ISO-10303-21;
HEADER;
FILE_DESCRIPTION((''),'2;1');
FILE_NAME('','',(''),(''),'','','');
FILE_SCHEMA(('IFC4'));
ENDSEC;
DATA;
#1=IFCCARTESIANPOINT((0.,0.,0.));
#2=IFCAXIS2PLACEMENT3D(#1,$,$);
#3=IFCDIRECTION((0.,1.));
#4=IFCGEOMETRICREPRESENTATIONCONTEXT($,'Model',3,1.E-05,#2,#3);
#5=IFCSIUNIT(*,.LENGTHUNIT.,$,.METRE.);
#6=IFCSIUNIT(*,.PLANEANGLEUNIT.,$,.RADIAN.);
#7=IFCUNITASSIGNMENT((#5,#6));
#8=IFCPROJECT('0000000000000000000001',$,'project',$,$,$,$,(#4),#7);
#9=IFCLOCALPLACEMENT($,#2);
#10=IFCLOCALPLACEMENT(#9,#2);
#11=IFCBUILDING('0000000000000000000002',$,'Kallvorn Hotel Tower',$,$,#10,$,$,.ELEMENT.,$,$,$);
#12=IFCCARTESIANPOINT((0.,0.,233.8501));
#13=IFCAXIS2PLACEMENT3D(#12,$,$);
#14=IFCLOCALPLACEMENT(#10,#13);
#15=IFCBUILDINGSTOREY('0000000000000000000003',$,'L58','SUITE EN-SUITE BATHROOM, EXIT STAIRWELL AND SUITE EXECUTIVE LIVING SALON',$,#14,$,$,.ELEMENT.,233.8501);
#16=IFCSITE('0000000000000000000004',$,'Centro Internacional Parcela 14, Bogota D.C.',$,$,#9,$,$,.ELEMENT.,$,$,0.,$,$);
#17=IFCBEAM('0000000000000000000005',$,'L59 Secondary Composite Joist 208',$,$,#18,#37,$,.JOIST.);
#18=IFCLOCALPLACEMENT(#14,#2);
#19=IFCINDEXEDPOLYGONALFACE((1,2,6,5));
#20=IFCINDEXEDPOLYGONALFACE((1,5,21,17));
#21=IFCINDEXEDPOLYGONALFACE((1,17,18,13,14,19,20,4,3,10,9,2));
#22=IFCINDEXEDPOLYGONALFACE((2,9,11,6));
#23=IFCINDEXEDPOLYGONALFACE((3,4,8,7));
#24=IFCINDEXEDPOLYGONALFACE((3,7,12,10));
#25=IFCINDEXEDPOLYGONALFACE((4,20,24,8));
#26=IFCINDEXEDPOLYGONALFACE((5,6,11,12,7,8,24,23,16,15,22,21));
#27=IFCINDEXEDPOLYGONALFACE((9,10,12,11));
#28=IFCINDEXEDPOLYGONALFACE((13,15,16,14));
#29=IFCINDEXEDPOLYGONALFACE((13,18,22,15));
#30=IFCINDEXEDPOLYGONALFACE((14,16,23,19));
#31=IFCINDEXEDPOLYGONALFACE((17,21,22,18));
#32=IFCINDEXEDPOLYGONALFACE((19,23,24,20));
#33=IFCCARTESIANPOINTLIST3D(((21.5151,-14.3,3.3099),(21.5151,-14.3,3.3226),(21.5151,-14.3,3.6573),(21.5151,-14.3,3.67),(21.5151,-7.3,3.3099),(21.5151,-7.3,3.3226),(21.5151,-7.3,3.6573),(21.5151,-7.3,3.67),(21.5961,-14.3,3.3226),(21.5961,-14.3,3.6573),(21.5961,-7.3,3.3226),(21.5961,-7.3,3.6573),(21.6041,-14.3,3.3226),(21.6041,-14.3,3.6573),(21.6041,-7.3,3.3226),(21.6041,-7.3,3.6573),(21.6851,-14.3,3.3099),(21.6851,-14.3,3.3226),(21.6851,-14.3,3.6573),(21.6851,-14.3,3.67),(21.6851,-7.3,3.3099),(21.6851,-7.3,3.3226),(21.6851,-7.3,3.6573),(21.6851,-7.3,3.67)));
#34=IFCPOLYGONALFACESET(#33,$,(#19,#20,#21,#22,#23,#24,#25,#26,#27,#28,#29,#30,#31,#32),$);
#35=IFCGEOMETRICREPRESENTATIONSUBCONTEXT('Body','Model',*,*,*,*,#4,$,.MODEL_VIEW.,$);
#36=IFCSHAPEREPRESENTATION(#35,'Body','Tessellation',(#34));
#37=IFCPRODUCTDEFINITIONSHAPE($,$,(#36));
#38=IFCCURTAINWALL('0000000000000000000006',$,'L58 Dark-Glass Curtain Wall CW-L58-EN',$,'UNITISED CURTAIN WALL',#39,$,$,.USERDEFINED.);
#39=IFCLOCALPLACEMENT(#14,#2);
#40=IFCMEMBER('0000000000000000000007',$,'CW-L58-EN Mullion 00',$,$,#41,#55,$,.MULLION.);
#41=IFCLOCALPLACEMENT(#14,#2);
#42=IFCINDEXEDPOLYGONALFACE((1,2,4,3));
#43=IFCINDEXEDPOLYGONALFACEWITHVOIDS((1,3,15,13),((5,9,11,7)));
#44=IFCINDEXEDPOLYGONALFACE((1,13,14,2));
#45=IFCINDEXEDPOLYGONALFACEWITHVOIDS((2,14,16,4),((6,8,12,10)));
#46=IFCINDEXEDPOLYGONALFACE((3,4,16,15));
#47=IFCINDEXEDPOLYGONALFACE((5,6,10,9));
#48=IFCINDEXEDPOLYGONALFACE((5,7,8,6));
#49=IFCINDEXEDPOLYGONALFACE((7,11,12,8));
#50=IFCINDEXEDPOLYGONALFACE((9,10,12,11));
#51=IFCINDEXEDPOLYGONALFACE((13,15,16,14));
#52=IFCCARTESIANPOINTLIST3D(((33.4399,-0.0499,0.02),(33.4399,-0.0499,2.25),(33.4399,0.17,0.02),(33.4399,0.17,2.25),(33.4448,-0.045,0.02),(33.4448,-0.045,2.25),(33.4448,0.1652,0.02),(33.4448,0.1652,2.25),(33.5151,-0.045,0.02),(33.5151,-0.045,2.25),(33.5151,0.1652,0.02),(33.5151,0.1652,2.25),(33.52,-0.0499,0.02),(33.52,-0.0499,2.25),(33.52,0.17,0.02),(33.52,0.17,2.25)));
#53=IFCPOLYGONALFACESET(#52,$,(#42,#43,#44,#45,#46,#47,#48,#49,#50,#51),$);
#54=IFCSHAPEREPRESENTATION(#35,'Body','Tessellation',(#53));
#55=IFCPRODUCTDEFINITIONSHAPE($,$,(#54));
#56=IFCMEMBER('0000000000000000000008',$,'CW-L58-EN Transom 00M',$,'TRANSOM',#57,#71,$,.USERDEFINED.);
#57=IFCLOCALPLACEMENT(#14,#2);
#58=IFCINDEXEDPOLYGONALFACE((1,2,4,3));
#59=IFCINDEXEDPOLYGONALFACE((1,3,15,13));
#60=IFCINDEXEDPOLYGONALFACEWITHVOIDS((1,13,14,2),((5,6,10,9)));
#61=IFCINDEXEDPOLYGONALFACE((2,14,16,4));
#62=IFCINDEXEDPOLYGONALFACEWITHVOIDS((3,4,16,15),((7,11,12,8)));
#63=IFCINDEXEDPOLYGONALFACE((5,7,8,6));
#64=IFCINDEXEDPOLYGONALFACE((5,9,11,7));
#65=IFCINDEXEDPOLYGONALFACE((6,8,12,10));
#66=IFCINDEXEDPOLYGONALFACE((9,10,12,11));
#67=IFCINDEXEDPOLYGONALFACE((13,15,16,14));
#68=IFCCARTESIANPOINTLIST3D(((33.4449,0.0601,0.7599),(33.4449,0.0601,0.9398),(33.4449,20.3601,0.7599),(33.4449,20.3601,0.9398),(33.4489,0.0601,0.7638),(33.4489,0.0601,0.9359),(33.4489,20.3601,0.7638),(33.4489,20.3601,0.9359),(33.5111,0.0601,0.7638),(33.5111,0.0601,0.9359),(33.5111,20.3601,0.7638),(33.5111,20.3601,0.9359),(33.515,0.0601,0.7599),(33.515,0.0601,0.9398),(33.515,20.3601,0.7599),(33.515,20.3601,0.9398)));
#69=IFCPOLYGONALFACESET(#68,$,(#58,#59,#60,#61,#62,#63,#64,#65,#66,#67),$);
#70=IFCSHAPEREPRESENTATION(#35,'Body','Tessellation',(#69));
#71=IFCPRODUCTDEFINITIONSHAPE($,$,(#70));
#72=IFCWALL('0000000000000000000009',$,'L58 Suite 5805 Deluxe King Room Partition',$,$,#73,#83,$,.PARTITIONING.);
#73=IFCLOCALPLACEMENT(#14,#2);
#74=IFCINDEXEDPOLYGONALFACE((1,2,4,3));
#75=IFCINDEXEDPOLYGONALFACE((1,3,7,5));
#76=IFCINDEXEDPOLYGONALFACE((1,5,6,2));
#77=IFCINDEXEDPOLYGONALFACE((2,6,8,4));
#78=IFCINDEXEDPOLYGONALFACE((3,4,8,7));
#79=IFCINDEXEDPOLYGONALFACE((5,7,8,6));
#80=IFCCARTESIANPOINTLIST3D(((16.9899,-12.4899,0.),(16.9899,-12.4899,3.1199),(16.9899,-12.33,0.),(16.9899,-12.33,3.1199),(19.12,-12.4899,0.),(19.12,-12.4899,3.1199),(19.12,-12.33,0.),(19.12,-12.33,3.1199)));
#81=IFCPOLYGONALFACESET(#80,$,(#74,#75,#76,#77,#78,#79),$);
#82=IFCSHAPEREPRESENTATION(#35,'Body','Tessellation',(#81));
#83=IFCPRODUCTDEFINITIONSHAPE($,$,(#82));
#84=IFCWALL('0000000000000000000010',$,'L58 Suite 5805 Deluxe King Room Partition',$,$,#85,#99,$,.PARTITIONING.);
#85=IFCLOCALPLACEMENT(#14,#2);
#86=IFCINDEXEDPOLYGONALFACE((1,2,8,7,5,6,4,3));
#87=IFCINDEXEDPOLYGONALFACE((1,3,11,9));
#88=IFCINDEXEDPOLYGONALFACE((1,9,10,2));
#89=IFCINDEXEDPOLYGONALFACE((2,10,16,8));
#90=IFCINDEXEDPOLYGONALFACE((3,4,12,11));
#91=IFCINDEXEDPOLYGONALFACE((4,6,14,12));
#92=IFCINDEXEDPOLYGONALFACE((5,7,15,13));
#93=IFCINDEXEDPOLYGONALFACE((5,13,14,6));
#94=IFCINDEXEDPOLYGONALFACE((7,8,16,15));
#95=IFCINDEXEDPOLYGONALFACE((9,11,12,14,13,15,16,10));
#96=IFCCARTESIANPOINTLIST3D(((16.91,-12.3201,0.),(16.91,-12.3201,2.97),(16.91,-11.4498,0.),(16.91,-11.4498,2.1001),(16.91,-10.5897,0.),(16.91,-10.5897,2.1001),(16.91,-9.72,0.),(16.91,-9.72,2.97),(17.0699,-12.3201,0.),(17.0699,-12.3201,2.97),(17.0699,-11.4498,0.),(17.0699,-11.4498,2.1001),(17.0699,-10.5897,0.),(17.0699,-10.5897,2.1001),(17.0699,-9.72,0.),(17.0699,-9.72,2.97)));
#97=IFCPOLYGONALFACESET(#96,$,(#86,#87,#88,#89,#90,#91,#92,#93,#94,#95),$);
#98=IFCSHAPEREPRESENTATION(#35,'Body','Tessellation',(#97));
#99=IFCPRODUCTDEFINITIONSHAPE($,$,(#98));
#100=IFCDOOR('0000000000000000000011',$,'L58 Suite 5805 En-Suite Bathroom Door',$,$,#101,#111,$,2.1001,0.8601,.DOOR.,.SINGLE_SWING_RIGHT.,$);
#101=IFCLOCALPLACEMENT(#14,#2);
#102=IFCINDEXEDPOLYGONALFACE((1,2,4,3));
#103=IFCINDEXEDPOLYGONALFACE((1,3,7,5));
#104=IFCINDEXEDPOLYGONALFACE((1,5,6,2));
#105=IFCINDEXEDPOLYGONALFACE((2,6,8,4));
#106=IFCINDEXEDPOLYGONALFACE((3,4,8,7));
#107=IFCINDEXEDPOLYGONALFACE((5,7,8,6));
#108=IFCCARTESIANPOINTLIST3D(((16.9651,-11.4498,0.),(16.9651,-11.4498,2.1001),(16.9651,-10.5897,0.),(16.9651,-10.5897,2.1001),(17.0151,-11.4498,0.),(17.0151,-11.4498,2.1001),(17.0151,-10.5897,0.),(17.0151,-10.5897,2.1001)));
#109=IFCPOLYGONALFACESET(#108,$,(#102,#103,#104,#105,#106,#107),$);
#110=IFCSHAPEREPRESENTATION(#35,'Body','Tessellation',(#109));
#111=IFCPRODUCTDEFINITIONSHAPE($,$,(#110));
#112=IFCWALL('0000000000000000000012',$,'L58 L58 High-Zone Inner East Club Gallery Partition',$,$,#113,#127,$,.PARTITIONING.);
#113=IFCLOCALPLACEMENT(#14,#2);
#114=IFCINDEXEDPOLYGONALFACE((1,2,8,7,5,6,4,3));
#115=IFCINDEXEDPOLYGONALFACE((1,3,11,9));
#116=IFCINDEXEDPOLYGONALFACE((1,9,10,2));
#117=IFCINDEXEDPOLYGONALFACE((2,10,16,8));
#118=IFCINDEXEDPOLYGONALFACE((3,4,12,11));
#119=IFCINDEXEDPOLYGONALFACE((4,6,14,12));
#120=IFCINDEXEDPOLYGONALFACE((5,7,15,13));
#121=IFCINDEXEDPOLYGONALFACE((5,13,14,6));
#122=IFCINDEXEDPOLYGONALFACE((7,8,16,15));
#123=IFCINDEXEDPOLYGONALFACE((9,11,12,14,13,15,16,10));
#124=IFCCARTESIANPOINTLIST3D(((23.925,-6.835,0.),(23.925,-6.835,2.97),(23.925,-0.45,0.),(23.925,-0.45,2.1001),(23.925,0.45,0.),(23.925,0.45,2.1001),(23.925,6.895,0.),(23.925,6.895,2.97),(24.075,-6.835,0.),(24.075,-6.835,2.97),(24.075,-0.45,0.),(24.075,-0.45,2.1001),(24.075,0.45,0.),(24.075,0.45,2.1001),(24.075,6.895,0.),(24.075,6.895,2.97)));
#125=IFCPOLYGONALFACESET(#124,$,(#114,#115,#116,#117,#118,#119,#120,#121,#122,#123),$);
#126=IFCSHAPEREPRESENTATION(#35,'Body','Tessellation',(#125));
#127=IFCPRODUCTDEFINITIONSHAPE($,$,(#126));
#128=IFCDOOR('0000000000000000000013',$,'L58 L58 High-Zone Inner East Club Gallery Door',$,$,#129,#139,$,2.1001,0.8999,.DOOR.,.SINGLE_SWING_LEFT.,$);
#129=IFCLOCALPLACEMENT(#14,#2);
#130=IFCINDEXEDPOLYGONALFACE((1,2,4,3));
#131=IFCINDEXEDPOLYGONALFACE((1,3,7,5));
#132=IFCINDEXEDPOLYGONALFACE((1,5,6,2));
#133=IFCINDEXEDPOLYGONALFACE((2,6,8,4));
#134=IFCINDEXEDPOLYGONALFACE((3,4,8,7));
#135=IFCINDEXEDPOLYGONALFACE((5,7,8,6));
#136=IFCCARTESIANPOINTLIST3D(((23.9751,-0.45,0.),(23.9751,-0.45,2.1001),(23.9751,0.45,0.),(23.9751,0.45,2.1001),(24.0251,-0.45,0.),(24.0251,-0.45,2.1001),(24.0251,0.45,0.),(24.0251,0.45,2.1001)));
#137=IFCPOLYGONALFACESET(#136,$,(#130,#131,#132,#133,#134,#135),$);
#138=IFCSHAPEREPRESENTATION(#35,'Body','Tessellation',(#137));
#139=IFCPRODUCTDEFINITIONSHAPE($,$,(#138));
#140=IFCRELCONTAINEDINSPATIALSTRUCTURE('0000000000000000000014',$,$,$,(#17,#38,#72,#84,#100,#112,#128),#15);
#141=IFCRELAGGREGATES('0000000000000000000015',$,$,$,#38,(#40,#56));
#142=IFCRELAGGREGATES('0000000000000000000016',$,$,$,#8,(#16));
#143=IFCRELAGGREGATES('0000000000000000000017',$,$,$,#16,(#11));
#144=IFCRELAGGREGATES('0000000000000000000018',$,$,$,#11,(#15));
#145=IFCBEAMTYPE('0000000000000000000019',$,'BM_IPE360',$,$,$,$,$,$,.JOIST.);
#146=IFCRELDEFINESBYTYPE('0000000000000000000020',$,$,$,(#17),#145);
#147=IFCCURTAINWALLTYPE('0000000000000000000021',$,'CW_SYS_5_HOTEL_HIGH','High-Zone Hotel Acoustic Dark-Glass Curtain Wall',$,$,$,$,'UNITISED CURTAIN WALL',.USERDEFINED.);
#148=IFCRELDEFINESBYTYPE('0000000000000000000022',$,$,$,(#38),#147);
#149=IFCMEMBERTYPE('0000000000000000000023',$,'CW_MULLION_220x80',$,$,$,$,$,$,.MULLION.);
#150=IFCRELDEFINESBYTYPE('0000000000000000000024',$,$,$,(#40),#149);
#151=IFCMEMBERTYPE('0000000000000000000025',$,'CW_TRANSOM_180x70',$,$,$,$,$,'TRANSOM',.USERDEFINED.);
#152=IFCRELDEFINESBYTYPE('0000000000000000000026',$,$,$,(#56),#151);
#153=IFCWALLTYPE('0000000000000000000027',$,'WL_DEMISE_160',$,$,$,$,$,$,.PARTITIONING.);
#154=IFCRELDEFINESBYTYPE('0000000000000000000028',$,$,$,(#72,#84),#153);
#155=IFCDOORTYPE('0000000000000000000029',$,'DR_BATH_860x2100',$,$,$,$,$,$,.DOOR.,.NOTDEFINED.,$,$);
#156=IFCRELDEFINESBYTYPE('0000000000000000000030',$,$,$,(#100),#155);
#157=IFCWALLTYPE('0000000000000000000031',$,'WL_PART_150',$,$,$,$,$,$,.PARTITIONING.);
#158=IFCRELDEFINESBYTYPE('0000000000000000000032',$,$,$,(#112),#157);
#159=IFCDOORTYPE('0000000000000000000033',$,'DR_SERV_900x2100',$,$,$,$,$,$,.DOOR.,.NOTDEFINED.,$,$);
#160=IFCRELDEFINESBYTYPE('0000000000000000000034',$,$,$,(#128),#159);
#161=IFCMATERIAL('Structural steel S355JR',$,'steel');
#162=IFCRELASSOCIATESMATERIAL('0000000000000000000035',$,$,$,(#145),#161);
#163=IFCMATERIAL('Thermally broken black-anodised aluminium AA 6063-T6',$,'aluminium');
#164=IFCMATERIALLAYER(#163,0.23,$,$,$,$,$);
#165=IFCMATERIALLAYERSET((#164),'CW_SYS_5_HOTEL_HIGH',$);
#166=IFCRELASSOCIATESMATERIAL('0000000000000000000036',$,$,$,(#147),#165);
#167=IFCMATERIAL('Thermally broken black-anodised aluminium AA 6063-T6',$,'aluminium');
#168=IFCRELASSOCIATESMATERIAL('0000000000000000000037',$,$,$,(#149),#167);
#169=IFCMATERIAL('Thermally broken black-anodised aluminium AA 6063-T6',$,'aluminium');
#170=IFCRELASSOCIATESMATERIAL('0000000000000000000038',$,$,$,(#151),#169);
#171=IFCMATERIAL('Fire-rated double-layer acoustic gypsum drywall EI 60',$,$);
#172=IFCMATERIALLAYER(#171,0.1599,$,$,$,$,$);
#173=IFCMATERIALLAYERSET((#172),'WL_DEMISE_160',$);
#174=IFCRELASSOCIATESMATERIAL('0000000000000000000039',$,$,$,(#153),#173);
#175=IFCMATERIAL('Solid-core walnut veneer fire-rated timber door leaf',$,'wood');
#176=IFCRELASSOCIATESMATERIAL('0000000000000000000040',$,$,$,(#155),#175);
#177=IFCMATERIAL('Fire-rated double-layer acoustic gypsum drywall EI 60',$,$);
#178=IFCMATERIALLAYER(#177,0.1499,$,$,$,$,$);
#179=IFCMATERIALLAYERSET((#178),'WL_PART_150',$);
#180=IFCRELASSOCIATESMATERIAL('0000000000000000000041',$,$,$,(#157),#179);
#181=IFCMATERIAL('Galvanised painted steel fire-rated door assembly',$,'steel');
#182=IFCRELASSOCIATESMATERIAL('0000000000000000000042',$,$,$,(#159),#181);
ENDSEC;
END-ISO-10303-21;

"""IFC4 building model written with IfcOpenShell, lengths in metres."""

from ifc_helpers import new_model, si_unit, direction, frame, frame_2d, origin, origin_2d, place, context, subcontext, project, spatial, rectangle, hollow_rectangle, i_section, extrude, material, layer, layer_set, material_profile, profile_set, type_object, element, fill, aggregate, save


model = new_model("IFC4")

# Units and contexts
model_context = context("Model", 3, precision=1e-05, world=origin(), true_north=direction((0.0, 1.0)))
body_context = subcontext(model_context, "Body", "Model", "MODEL_VIEW")
ifc_project = project(units=[si_unit("LENGTHUNIT", "METRE"), si_unit("PLANEANGLEUNIT", "RADIAN")], contexts=[model_context])

# Site, building, storey
site_placement = place(None, origin())
site = spatial("IfcSite", under=ifc_project, at=site_placement, Name="Centro Internacional Parcela 14, Bogota D.C.", CompositionType="ELEMENT", RefElevation=0.0)
building_placement = place(site_placement, origin())
building = spatial("IfcBuilding", under=site, at=building_placement, Name="Kallvorn Hotel Tower", CompositionType="ELEMENT")
storey_placement = place(building_placement, frame((0.0, 0.0, 233.8501)))
storey = spatial("IfcBuildingStorey", under=building, at=storey_placement, Name="L58", Description="SUITE EN-SUITE BATHROOM, EXIT STAIRWELL AND SUITE EXECUTIVE LIVING SALON", CompositionType="ELEMENT", Elevation=233.8501)

# Beam
ifc_material_1 = material(Name="Structural steel S355JR", Category="steel")
ifc_material_profile_1 = material_profile(ifc_material_1, i_section(OverallWidth=0.1699, OverallDepth=0.3601, WebThickness=0.0081, FlangeThickness=0.0127, at=origin_2d()), Name="IPE 360")
ifc_profile_set_1 = profile_set([ifc_material_profile_1], Name="Structural steel S355JR")
beam_type_1 = type_object("IfcBeamType", Name="BM_IPE360", PredefinedType="JOIST", material=ifc_profile_set_1)
beam_1_placement = place(storey_placement, frame((21.6001, -14.3, 3.49), z_axis=(0.0, 1.0, 0.0), x_axis=(-1.0, 0.0, 0.0)))
element("IfcBeam", 1, at=beam_1_placement, inside=storey, type_object=beam_type_1, Name="L59 Secondary Composite Joist 208", PredefinedType="JOIST", context=body_context, shape_type="SweptSolid", body=[
    extrude(i_section(OverallWidth=0.1699, OverallDepth=0.3601, WebThickness=0.0081, FlangeThickness=0.0127, at=origin_2d()), origin(), (0.0, 0.0, 1.0), 7.0),
])

# Curtain wall, members
ifc_material_2 = material(Name="Thermally broken black-anodised aluminium AA 6063-T6", Category="aluminium")
ifc_layer_1 = layer(ifc_material_2, 0.23)
ifc_layer_set_1 = layer_set([ifc_layer_1], Name="CW_SYS_5_HOTEL_HIGH")
curtain_wall_type = type_object("IfcCurtainWallType", Name="CW_SYS_5_HOTEL_HIGH", Description="High-Zone Hotel Acoustic Dark-Glass Curtain Wall", ElementType="UNITISED CURTAIN WALL", PredefinedType="USERDEFINED", material=ifc_layer_set_1)
curtain_wall_placement = place(storey_placement, origin())
curtain_wall = element("IfcCurtainWall", 2, at=curtain_wall_placement, inside=storey, type_object=curtain_wall_type, Name="L58 Dark-Glass Curtain Wall CW-L58-EN", ObjectType="UNITISED CURTAIN WALL", PredefinedType="USERDEFINED")
ifc_material_3 = material(Name="Thermally broken black-anodised aluminium AA 6063-T6", Category="aluminium")
ifc_material_profile_2 = material_profile(ifc_material_3, hollow_rectangle(XDim=0.0801, YDim=0.22, WallThickness=0.0049, at=origin_2d()), Name="MUL 220x80")
ifc_profile_set_2 = profile_set([ifc_material_profile_2], Name="Thermally broken black-anodised aluminium AA 6063-T6")
member_type_1 = type_object("IfcMemberType", Name="CW_MULLION_220x80", PredefinedType="MULLION", material=ifc_profile_set_2)
member_1_placement = place(storey_placement, frame((33.48, 0.0601, 0.02), z_axis=(0.0, 0.0, 1.0), x_axis=(1.0, 0.0, 0.0)))
member_1 = element("IfcMember", 3, at=member_1_placement, type_object=member_type_1, Name="CW-L58-EN Mullion 00", PredefinedType="MULLION", context=body_context, shape_type="SweptSolid", body=[
    extrude(hollow_rectangle(XDim=0.0801, YDim=0.22, WallThickness=0.0049, at=origin_2d()), origin(), (0.0, 0.0, 1.0), 2.23),
])
ifc_material_4 = material(Name="Thermally broken black-anodised aluminium AA 6063-T6", Category="aluminium")
ifc_material_profile_3 = material_profile(ifc_material_4, hollow_rectangle(XDim=0.0701, YDim=0.1799, WallThickness=0.0039, at=origin_2d()), Name="TRN 180x70")
ifc_profile_set_3 = profile_set([ifc_material_profile_3], Name="Thermally broken black-anodised aluminium AA 6063-T6")
member_type_2 = type_object("IfcMemberType", Name="CW_TRANSOM_180x70", ElementType="TRANSOM", PredefinedType="USERDEFINED", material=ifc_profile_set_3)
member_2_placement = place(storey_placement, frame((33.48, 0.0601, 0.8499), z_axis=(0.0, 1.0, 0.0), x_axis=(-1.0, 0.0, 0.0)))
member_2 = element("IfcMember", 4, at=member_2_placement, type_object=member_type_2, Name="CW-L58-EN Transom 00M", ObjectType="TRANSOM", PredefinedType="USERDEFINED", context=body_context, shape_type="SweptSolid", body=[
    extrude(hollow_rectangle(XDim=0.0701, YDim=0.1799, WallThickness=0.0039, at=origin_2d()), origin(), (0.0, 0.0, 1.0), 20.3),
])
aggregate(curtain_wall, [member_1, member_2])

# Wall
ifc_material_5 = material(Name="Fire-rated double-layer acoustic gypsum drywall EI 60")
ifc_layer_2 = layer(ifc_material_5, 0.1599)
ifc_layer_set_2 = layer_set([ifc_layer_2], Name="WL_DEMISE_160")
wall_type_1 = type_object("IfcWallType", Name="WL_DEMISE_160", PredefinedType="PARTITIONING", material=ifc_layer_set_2)
wall_1_placement = place(storey_placement, frame((16.99, -12.4099, 0.0), z_axis=(0.0, 0.0, 1.0), x_axis=(1.0, 0.0, 0.0)))
element("IfcWall", 5, at=wall_1_placement, inside=storey, type_object=wall_type_1, Name="L58 Suite 5805 Deluxe King Room Partition", PredefinedType="PARTITIONING", context=body_context, shape_type="SweptSolid", body=[
    extrude(rectangle(XDim=2.1301, YDim=0.1599, at=frame_2d((1.0649, 0.0))), origin(), (0.0, 0.0, 1.0), 3.1199),
])

# Walls, openings, doors
wall_2_placement = place(storey_placement, frame((16.99, -12.3201, 0.0), z_axis=(0.0, 0.0, 1.0), x_axis=(0.0, 1.0, 0.0)))
wall_2 = element("IfcWall", 6, at=wall_2_placement, inside=storey, type_object=wall_type_1, Name="L58 Suite 5805 Deluxe King Room Partition", PredefinedType="PARTITIONING", context=body_context, shape_type="SweptSolid", body=[
    extrude(rectangle(XDim=2.6001, YDim=0.1599, at=frame_2d((1.3, 0.0))), origin(), (0.0, 0.0, 1.0), 2.97),
])
opening_1_placement = place(wall_2_placement, frame((0.8701, 0.0, 0.0)))
opening_1 = element("IfcOpeningElement", 7, at=opening_1_placement, cuts=wall_2, PredefinedType="OPENING", context=body_context, shape_type="SweptSolid", body=[
    extrude(rectangle(XDim=0.8601, YDim=2.1001, at=frame_2d((0.4302, 1.05))), frame((0.0, 0.095, 0.0), z_axis=(0.0, -1.0, 0.0), x_axis=(1.0, 0.0, 0.0)), (0.0, 0.0, 1.0), 0.1899),
])
ifc_material_6 = material(Name="Solid-core walnut veneer fire-rated timber door leaf", Category="wood")
door_type_1 = type_object("IfcDoorType", Name="DR_BATH_860x2100", OperationType="NOTDEFINED", PredefinedType="DOOR", material=ifc_material_6)
door_1_placement = place(opening_1_placement, origin())
door_1 = element("IfcDoor", 8, at=door_1_placement, inside=storey, type_object=door_type_1, Name="L58 Suite 5805 En-Suite Bathroom Door", OperationType="SINGLE_SWING_RIGHT", OverallHeight=2.1001, OverallWidth=0.8601, PredefinedType="DOOR", context=body_context, shape_type="SweptSolid", body=[
    extrude(rectangle(XDim=0.8601, YDim=2.1001, at=frame_2d((0.4302, 1.05))), frame((0.0, 0.0249, 0.0), z_axis=(0.0, -1.0, 0.0), x_axis=(1.0, 0.0, 0.0)), (0.0, 0.0, 1.0), 0.05),
])
fill(opening_1, door_1)
ifc_material_7 = material(Name="Fire-rated double-layer acoustic gypsum drywall EI 60")
ifc_layer_3 = layer(ifc_material_7, 0.1499)
ifc_layer_set_3 = layer_set([ifc_layer_3], Name="WL_PART_150")
wall_type_2 = type_object("IfcWallType", Name="WL_PART_150", PredefinedType="PARTITIONING", material=ifc_layer_set_3)
wall_3_placement = place(storey_placement, frame((24.0, -6.835, 0.0), z_axis=(0.0, 0.0, 1.0), x_axis=(0.0, 1.0, 0.0)))
wall_3 = element("IfcWall", 9, at=wall_3_placement, inside=storey, type_object=wall_type_2, Name="L58 L58 High-Zone Inner East Club Gallery Partition", PredefinedType="PARTITIONING", context=body_context, shape_type="SweptSolid", body=[
    extrude(rectangle(XDim=13.73, YDim=0.1499, at=frame_2d((6.865, 0.0))), origin(), (0.0, 0.0, 1.0), 2.97),
])
opening_2_placement = place(wall_3_placement, frame((6.385, 0.0, 0.0)))
opening_2 = element("IfcOpeningElement", 10, at=opening_2_placement, cuts=wall_3, PredefinedType="OPENING", context=body_context, shape_type="SweptSolid", body=[
    extrude(rectangle(XDim=0.8999, YDim=2.1001, at=frame_2d((0.45, 1.05))), frame((0.0, 0.0898, 0.0), z_axis=(0.0, -1.0, 0.0), x_axis=(1.0, 0.0, 0.0)), (0.0, 0.0, 1.0), 0.1799),
])
ifc_material_8 = material(Name="Galvanised painted steel fire-rated door assembly", Category="steel")
door_type_2 = type_object("IfcDoorType", Name="DR_SERV_900x2100", OperationType="NOTDEFINED", PredefinedType="DOOR", material=ifc_material_8)
door_2_placement = place(opening_2_placement, origin())
door_2 = element("IfcDoor", 11, at=door_2_placement, inside=storey, type_object=door_type_2, Name="L58 L58 High-Zone Inner East Club Gallery Door", OperationType="SINGLE_SWING_LEFT", OverallHeight=2.1001, OverallWidth=0.8999, PredefinedType="DOOR", context=body_context, shape_type="SweptSolid", body=[
    extrude(rectangle(XDim=0.8999, YDim=2.1001, at=frame_2d((0.45, 1.05))), frame((0.0, 0.0249, 0.0), z_axis=(0.0, -1.0, 0.0), x_axis=(1.0, 0.0, 0.0)), (0.0, 0.0, 1.0), 0.05),
])
fill(opening_2, door_2)

save(model, "model.ifc")
